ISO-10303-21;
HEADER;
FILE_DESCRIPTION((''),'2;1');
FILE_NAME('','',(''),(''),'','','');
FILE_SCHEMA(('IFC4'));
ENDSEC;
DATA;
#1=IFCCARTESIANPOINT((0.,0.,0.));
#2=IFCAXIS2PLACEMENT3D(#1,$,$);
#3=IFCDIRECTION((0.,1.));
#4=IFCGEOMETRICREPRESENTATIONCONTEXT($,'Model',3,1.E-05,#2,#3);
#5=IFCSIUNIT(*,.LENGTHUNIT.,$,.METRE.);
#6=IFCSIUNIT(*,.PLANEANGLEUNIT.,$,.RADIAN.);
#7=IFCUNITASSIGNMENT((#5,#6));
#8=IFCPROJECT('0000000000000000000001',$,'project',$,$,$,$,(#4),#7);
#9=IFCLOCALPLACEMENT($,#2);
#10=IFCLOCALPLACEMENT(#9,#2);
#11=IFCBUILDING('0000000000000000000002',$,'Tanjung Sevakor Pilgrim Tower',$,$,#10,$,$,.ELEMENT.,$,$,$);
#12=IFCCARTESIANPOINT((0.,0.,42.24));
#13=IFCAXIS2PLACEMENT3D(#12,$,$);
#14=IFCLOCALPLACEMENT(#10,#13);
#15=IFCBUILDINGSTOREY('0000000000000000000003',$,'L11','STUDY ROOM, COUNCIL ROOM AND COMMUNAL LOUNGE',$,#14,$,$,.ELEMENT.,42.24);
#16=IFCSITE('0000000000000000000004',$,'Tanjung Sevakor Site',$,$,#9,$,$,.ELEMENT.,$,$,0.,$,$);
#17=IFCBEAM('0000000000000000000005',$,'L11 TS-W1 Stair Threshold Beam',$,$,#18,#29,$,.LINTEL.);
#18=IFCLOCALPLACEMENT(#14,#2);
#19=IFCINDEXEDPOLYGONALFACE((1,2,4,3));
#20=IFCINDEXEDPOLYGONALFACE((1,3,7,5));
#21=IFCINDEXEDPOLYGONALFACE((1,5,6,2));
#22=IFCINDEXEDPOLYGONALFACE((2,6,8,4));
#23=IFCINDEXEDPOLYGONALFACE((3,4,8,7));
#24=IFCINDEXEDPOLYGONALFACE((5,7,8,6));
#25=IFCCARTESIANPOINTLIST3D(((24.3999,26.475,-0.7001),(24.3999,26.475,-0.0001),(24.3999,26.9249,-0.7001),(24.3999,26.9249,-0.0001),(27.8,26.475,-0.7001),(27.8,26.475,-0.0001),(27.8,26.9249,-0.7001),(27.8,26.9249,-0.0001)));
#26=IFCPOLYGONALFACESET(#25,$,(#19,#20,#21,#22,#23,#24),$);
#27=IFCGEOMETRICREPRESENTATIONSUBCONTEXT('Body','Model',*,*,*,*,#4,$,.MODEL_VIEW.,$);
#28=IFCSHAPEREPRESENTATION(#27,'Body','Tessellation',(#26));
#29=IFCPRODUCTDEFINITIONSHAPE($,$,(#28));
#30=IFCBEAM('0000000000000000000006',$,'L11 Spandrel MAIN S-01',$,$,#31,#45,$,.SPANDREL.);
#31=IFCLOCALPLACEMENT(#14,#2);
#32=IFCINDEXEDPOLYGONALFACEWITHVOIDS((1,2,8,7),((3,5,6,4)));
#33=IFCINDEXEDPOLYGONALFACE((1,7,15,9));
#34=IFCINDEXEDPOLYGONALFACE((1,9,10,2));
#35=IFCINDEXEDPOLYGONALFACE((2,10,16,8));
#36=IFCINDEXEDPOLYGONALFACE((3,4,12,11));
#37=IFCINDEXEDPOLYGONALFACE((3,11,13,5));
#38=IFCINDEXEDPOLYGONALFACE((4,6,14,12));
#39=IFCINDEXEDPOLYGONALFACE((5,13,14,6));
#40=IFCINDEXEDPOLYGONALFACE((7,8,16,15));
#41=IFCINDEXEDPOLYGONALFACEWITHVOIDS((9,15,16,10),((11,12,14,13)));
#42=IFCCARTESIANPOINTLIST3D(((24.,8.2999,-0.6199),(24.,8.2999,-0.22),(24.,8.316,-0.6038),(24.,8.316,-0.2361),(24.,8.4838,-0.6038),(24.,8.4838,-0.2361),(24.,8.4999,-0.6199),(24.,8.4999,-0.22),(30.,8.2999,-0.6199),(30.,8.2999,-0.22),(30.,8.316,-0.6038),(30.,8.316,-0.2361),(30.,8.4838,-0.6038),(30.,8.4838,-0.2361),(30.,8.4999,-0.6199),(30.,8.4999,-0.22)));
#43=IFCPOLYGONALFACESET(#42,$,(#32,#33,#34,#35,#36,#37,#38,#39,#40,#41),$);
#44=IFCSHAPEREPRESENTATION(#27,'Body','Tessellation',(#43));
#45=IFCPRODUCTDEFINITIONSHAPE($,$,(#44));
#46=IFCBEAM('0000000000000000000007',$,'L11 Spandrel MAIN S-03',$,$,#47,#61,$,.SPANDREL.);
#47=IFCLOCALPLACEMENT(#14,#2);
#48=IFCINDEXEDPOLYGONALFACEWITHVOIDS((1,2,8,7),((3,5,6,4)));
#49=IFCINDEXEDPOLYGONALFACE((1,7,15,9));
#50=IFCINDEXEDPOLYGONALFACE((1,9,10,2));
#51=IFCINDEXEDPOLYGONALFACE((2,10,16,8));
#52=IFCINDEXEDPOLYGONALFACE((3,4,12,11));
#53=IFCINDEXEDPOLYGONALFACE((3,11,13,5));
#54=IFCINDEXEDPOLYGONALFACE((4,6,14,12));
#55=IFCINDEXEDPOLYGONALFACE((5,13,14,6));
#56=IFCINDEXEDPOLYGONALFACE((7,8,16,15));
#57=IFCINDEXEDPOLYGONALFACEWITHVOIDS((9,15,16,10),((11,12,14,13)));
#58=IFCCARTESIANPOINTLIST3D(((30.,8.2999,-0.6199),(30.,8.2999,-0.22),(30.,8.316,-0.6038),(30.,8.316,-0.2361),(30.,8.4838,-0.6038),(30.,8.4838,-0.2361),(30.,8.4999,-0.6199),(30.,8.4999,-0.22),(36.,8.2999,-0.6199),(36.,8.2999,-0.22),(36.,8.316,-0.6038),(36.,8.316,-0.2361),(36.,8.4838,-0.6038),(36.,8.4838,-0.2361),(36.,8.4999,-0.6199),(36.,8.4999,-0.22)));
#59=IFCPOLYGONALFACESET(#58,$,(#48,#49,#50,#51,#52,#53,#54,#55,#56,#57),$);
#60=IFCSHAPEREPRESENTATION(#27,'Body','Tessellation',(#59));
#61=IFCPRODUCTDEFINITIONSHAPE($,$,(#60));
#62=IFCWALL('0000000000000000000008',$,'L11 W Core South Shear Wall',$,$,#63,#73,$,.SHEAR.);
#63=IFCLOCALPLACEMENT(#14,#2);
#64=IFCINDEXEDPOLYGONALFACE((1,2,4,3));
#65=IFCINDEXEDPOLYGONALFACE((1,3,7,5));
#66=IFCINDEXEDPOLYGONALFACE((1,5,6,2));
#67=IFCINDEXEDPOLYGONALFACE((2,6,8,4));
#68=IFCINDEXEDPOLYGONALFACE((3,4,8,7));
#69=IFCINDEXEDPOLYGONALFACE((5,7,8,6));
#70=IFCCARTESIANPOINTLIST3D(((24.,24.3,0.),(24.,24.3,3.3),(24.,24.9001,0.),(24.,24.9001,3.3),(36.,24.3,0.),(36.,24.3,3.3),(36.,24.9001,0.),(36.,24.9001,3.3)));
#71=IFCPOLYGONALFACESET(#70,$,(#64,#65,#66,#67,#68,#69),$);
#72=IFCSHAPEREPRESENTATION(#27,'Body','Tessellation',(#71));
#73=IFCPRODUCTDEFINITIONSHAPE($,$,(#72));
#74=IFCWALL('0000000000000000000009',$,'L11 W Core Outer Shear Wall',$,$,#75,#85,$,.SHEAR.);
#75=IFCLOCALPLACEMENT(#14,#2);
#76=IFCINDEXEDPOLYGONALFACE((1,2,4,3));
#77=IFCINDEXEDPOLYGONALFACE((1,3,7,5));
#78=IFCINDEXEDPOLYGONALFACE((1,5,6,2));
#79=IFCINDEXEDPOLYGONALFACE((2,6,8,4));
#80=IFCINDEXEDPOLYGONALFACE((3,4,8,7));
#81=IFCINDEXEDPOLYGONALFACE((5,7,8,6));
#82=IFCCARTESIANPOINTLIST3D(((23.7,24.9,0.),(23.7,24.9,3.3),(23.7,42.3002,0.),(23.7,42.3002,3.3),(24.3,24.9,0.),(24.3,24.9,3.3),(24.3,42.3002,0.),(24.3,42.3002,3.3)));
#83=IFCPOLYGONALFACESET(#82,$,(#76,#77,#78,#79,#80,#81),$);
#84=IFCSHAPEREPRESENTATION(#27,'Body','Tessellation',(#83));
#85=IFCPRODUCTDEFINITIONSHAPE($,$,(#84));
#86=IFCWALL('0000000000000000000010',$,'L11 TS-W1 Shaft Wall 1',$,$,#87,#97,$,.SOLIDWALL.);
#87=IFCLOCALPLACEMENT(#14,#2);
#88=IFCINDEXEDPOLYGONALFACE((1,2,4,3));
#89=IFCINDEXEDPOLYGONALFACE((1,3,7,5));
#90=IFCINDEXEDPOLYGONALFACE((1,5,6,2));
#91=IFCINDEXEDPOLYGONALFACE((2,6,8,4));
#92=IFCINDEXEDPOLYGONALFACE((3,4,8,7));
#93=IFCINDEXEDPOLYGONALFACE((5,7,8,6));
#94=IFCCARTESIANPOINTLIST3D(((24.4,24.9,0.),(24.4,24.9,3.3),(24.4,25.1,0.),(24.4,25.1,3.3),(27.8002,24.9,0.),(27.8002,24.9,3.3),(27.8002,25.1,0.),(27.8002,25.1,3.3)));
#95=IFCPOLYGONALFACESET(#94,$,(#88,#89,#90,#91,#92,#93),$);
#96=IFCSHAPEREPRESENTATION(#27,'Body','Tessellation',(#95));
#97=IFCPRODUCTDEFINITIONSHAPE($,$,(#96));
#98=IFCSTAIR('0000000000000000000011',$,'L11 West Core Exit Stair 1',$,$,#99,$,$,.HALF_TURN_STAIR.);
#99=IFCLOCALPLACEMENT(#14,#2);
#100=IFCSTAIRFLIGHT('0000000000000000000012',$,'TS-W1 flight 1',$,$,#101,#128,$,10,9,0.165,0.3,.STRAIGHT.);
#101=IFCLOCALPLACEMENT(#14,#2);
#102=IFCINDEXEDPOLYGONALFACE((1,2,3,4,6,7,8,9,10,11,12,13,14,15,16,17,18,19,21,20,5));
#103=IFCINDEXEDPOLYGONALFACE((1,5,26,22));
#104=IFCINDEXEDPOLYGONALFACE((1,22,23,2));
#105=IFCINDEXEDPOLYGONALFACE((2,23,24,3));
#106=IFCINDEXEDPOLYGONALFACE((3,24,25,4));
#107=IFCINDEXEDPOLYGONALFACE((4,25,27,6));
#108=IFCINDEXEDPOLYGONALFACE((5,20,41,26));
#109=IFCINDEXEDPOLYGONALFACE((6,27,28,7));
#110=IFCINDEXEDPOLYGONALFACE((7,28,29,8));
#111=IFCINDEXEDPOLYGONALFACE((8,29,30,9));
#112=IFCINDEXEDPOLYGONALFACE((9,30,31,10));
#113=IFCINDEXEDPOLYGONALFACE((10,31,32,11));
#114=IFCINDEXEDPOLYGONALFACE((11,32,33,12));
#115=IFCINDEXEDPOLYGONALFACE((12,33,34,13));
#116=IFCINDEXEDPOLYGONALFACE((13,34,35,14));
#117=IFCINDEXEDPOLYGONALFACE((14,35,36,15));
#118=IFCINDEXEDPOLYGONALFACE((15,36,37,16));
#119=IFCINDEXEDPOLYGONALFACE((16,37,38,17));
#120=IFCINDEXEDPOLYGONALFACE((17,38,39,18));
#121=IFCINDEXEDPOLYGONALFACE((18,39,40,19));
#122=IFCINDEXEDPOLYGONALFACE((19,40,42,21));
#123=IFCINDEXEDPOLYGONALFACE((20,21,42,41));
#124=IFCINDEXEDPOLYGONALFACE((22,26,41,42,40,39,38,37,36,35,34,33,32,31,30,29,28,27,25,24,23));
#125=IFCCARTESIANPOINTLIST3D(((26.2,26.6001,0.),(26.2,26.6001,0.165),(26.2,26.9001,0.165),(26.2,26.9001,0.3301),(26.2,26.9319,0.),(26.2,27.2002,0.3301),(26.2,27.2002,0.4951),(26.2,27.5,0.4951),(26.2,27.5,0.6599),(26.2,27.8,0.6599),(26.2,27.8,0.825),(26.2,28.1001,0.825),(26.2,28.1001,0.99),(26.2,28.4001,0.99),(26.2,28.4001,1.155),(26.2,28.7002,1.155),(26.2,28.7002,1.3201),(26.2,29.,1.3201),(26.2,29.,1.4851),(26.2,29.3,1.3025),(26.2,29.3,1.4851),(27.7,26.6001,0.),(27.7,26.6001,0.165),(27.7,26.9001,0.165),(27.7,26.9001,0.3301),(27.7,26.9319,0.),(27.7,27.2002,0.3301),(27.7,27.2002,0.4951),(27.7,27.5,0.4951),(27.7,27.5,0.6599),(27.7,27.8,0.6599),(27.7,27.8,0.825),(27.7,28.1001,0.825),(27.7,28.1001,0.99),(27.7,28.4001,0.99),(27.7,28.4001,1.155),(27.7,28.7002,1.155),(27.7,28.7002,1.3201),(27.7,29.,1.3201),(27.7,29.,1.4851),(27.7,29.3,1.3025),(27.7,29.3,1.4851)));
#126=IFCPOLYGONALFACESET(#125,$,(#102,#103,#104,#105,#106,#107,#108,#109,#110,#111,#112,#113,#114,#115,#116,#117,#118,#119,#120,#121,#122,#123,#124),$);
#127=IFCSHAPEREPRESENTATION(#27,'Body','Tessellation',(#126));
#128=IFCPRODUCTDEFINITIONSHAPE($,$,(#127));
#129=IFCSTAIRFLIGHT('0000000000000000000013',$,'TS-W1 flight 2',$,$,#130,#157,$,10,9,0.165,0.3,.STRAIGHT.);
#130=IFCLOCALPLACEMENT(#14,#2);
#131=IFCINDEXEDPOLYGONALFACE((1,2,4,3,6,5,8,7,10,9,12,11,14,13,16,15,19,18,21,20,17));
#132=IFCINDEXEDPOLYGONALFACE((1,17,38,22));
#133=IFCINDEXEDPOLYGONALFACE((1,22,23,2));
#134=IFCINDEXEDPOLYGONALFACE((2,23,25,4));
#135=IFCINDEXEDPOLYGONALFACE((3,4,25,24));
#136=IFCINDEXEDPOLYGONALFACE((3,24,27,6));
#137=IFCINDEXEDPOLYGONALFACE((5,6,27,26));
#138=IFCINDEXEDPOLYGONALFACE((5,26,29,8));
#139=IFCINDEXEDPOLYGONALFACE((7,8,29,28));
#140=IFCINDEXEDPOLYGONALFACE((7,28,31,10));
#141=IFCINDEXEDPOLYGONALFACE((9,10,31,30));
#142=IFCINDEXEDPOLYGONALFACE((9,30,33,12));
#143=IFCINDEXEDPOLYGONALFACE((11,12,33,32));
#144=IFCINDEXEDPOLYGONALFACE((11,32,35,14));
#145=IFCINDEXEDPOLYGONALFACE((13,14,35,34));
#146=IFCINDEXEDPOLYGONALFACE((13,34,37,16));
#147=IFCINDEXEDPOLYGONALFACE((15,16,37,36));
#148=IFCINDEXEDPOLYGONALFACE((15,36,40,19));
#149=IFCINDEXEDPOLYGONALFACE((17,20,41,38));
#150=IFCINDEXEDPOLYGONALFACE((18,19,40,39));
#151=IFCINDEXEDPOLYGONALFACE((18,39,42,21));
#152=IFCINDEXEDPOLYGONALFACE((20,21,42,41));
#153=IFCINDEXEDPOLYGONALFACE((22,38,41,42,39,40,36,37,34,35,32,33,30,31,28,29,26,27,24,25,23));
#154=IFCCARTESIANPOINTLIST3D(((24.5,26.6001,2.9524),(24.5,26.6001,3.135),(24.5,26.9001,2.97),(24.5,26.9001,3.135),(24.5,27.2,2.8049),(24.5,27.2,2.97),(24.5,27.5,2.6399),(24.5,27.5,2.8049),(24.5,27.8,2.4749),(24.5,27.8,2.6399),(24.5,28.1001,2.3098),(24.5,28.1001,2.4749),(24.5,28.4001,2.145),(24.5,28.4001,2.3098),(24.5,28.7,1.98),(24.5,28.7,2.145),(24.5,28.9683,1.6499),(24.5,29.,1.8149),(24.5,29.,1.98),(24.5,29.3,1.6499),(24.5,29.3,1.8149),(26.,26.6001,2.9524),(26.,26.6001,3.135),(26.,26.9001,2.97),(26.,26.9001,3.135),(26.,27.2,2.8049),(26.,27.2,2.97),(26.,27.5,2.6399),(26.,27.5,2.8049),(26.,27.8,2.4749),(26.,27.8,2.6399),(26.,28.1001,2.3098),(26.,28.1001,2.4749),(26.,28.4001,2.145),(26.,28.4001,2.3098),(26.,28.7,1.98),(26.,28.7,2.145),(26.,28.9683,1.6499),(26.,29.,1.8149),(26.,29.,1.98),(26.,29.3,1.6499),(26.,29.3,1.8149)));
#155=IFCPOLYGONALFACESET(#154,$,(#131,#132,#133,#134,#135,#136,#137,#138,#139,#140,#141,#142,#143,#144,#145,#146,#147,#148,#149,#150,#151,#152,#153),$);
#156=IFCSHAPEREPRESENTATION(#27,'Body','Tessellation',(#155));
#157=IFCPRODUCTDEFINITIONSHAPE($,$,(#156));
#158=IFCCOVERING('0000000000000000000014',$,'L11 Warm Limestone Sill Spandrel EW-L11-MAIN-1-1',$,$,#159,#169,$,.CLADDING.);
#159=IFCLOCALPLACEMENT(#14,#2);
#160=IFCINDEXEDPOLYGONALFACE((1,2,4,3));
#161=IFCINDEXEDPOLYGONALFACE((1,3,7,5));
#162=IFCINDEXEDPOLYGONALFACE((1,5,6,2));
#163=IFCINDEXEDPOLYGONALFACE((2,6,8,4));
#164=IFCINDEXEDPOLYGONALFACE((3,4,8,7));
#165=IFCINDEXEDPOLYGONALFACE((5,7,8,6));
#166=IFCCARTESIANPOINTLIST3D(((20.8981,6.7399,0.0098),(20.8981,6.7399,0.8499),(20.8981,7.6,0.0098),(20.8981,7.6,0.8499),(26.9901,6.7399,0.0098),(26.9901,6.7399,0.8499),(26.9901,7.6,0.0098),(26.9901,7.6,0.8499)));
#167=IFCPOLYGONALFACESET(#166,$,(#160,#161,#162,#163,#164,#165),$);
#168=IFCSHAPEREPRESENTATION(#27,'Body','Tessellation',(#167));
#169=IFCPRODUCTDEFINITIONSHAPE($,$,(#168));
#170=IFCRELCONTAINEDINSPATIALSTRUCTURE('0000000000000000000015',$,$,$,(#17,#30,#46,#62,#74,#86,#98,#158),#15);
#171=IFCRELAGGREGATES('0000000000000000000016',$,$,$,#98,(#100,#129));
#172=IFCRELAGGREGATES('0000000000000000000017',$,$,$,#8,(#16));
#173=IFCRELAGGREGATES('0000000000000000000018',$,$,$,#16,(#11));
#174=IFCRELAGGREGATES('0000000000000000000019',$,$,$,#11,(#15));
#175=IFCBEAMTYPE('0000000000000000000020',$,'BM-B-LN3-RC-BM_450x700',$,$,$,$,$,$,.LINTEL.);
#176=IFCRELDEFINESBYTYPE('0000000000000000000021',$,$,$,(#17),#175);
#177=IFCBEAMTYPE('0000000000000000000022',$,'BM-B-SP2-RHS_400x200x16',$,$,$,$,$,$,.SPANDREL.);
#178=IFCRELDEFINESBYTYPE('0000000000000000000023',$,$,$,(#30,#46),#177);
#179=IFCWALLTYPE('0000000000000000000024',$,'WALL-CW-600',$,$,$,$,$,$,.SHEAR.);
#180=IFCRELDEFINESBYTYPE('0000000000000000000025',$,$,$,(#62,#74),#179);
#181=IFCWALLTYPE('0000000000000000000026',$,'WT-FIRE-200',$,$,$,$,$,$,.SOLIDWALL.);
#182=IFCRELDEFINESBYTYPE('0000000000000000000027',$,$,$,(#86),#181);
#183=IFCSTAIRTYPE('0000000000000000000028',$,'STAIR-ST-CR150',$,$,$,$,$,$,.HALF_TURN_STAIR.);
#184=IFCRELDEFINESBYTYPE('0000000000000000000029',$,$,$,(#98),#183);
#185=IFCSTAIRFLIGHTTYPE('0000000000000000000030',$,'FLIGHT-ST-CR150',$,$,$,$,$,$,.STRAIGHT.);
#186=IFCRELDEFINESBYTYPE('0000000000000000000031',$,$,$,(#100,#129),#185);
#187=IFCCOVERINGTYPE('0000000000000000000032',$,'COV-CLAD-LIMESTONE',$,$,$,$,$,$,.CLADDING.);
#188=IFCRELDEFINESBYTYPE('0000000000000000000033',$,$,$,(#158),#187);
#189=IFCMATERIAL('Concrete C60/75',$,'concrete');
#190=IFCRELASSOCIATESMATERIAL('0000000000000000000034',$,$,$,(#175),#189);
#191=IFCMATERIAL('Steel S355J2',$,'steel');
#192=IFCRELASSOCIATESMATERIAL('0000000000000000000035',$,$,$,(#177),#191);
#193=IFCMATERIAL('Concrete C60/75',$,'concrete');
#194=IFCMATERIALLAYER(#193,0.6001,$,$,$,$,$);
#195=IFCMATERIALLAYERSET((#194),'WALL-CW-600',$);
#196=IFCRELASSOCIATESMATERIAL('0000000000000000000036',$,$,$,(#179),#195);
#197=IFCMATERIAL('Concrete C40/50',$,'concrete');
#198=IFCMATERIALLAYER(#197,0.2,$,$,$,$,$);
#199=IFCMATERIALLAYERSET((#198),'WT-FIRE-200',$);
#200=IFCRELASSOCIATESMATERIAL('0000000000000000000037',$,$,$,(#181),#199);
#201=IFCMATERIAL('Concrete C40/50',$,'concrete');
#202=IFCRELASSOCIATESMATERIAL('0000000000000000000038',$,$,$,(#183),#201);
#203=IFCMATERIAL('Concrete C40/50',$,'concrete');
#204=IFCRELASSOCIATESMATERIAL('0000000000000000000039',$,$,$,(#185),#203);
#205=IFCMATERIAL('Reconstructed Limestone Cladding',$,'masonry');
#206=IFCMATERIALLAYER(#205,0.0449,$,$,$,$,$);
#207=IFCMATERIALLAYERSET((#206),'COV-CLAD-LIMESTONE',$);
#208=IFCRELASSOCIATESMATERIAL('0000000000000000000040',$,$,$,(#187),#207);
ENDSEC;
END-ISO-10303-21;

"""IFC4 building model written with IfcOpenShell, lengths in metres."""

from ifc_helpers import new_model, si_unit, direction, frame, frame_2d, origin, origin_2d, place, context, subcontext, project, spatial, polyline, rectangle, hollow_rectangle, outline, extrude, material, layer, layer_set, material_profile, profile_set, type_object, element, aggregate, save


model = new_model("IFC4")

# Units and contexts
model_context = context("Model", 3, precision=1e-05, world=origin(), true_north=direction((0.0, 1.0)))
body_context = subcontext(model_context, "Body", "Model", "MODEL_VIEW")
ifc_project = project(units=[si_unit("LENGTHUNIT", "METRE"), si_unit("PLANEANGLEUNIT", "RADIAN")], contexts=[model_context])

# Site, building, storey
site_placement = place(None, origin())
site = spatial("IfcSite", under=ifc_project, at=site_placement, Name="Tanjung Sevakor Site", CompositionType="ELEMENT", RefElevation=0.0)
building_placement = place(site_placement, origin())
building = spatial("IfcBuilding", under=site, at=building_placement, Name="Tanjung Sevakor Pilgrim Tower", CompositionType="ELEMENT")
storey_placement = place(building_placement, frame((0.0, 0.0, 42.24)))
storey = spatial("IfcBuildingStorey", under=building, at=storey_placement, Name="L11", Description="STUDY ROOM, COUNCIL ROOM AND COMMUNAL LOUNGE", CompositionType="ELEMENT", Elevation=42.24)

# Beams
ifc_material_1 = material(Name="Concrete C60/75", Category="concrete")
ifc_material_profile_1 = material_profile(ifc_material_1, rectangle(XDim=0.45, YDim=0.7, at=origin_2d()))
ifc_profile_set_1 = profile_set([ifc_material_profile_1], Name="Concrete C60/75")
beam_type_1 = type_object("IfcBeamType", Name="BM-B-LN3-RC-BM_450x700", PredefinedType="LINTEL", material=ifc_profile_set_1)
beam_1_placement = place(storey_placement, frame((24.3999, 26.7, -0.3501), z_axis=(1.0, 0.0, 0.0), x_axis=(0.0, 1.0, 0.0)))
element("IfcBeam", 1, at=beam_1_placement, inside=storey, type_object=beam_type_1, Name="L11 TS-W1 Stair Threshold Beam", PredefinedType="LINTEL", context=body_context, shape_type="SweptSolid", body=[
    extrude(rectangle(XDim=0.45, YDim=0.7, at=origin_2d()), origin(), (0.0, 0.0, 1.0), 3.4001),
])
ifc_material_2 = material(Name="Steel S355J2", Category="steel")
ifc_material_profile_2 = material_profile(ifc_material_2, hollow_rectangle(XDim=0.2, YDim=0.3999, WallThickness=0.0161, at=origin_2d()))
ifc_profile_set_2 = profile_set([ifc_material_profile_2], Name="Steel S355J2")
beam_type_2 = type_object("IfcBeamType", Name="BM-B-SP2-RHS_400x200x16", PredefinedType="SPANDREL", material=ifc_profile_set_2)
for number, where, z_axis, x_axis, name in (
    (2, (24.0, 8.3999, -0.4199), (1.0, 0.0, 0.0), (0.0, 1.0, 0.0), "L11 Spandrel MAIN S-01"),
    (3, (30.0, 8.3999, -0.4199), (1.0, 0.0, 0.0), (0.0, 1.0, 0.0), "L11 Spandrel MAIN S-03"),
):
    element("IfcBeam", number, at=place(storey_placement, frame(where, z_axis=z_axis, x_axis=x_axis)), inside=storey, type_object=beam_type_2, Name=name, PredefinedType="SPANDREL", context=body_context, shape_type="SweptSolid", body=[
        extrude(hollow_rectangle(XDim=0.2, YDim=0.3999, WallThickness=0.0161, at=origin_2d()), origin(), (0.0, 0.0, 1.0), 6.0),
    ])

# Walls
ifc_material_3 = material(Name="Concrete C60/75", Category="concrete")
ifc_layer_1 = layer(ifc_material_3, 0.6001)
ifc_layer_set_1 = layer_set([ifc_layer_1], Name="WALL-CW-600")
wall_type_1 = type_object("IfcWallType", Name="WALL-CW-600", PredefinedType="SHEAR", material=ifc_layer_set_1)
wall_1_placement = place(storey_placement, frame((24.0, 24.6001, 0.0), z_axis=(0.0, 0.0, 1.0), x_axis=(1.0, 0.0, 0.0)))
element("IfcWall", 4, at=wall_1_placement, inside=storey, type_object=wall_type_1, Name="L11 W Core South Shear Wall", PredefinedType="SHEAR", context=body_context, shape_type="SweptSolid", body=[
    extrude(rectangle(XDim=12.0, YDim=0.6001, at=frame_2d((6.0, 0.0))), origin(), (0.0, 0.0, 1.0), 3.3),
])
wall_2_placement = place(storey_placement, frame((24.0, 24.8999, 0.0), z_axis=(0.0, 0.0, 1.0), x_axis=(0.0, 1.0, 0.0)))
element("IfcWall", 5, at=wall_2_placement, inside=storey, type_object=wall_type_1, Name="L11 W Core Outer Shear Wall", PredefinedType="SHEAR", context=body_context, shape_type="SweptSolid", body=[
    extrude(rectangle(XDim=17.4001, YDim=0.6001, at=frame_2d((8.7002, 0.0))), origin(), (0.0, 0.0, 1.0), 3.3),
])

# Wall
ifc_material_4 = material(Name="Concrete C40/50", Category="concrete")
ifc_layer_2 = layer(ifc_material_4, 0.2)
ifc_layer_set_2 = layer_set([ifc_layer_2], Name="WT-FIRE-200")
wall_type_2 = type_object("IfcWallType", Name="WT-FIRE-200", PredefinedType="SOLIDWALL", material=ifc_layer_set_2)
wall_3_placement = place(storey_placement, frame((24.3999, 25.0, 0.0), z_axis=(0.0, 0.0, 1.0), x_axis=(1.0, 0.0, 0.0)))
element("IfcWall", 6, at=wall_3_placement, inside=storey, type_object=wall_type_2, Name="L11 TS-W1 Shaft Wall 1", PredefinedType="SOLIDWALL", context=body_context, shape_type="SweptSolid", body=[
    extrude(rectangle(XDim=3.4001, YDim=0.2, at=frame_2d((1.7002, 0.0))), origin(), (0.0, 0.0, 1.0), 3.3),
])

# Stair, stair flights
ifc_material_5 = material(Name="Concrete C40/50", Category="concrete")
stair_type = type_object("IfcStairType", Name="STAIR-ST-CR150", PredefinedType="HALF_TURN_STAIR", material=ifc_material_5)
stair_placement = place(storey_placement, origin())
stair = element("IfcStair", 7, at=stair_placement, inside=storey, type_object=stair_type, Name="L11 West Core Exit Stair 1", PredefinedType="HALF_TURN_STAIR")
ifc_material_6 = material(Name="Concrete C40/50", Category="concrete")
stair_flight_type = type_object("IfcStairFlightType", Name="FLIGHT-ST-CR150", PredefinedType="STRAIGHT", material=ifc_material_6)
stair_flight_1_placement = place(storey_placement, frame((26.95, 26.6001, 0.0), z_axis=(0.0, 0.0, 1.0), x_axis=(0.0, 1.0, 0.0)))
stair_flight_1 = element("IfcStairFlight", 8, at=stair_flight_1_placement, type_object=stair_flight_type, Name="TS-W1 flight 1", NumberOfRisers=10, NumberOfTreads=9, PredefinedType="STRAIGHT", RiserHeight=0.165, TreadLength=0.3, context=body_context, shape_type="SweptSolid", body=[
    extrude(outline(polyline([(0.0, 0.0), (0.0, 0.165), (0.3, 0.165), (0.3, 0.3301), (0.6001, 0.3301), (0.6001, 0.4951), (0.8999, 0.4951), (0.8999, 0.6599), (1.2, 0.6599), (1.2, 0.825), (1.5, 0.825), (1.5, 0.99), (1.8, 0.99), (1.8, 1.155), (2.1001, 1.155), (2.1001, 1.3201), (2.3999, 1.3201), (2.3999, 1.4851), (2.7, 1.4851), (2.7, 1.6499), (2.7, 1.3025), (0.3318, 0.0), (0.0, 0.0)])), frame((0.0, 0.75, 0.0), z_axis=(0.0, -1.0, 0.0), x_axis=(1.0, 0.0, 0.0)), (0.0, 0.0, 1.0), 1.5),
])
stair_flight_2_placement = place(storey_placement, frame((25.25, 29.3, 1.6499), z_axis=(0.0, 0.0, 1.0), x_axis=(0.0, -1.0, 0.0)))
stair_flight_2 = element("IfcStairFlight", 9, at=stair_flight_2_placement, type_object=stair_flight_type, Name="TS-W1 flight 2", NumberOfRisers=10, NumberOfTreads=9, PredefinedType="STRAIGHT", RiserHeight=0.165, TreadLength=0.3, context=body_context, shape_type="SweptSolid", body=[
    extrude(outline(polyline([(0.0, 0.0), (0.0, 0.165), (0.3, 0.165), (0.3, 0.3301), (0.6001, 0.3301), (0.6001, 0.4951), (0.8999, 0.4951), (0.8999, 0.6599), (1.2, 0.6599), (1.2, 0.825), (1.5, 0.825), (1.5, 0.99), (1.8, 0.99), (1.8, 1.155), (2.1001, 1.155), (2.1001, 1.3201), (2.3999, 1.3201), (2.3999, 1.4851), (2.7, 1.4851), (2.7, 1.6499), (2.7, 1.3025), (0.3318, 0.0), (0.0, 0.0)])), frame((0.0, 0.75, 0.0), z_axis=(0.0, -1.0, 0.0), x_axis=(1.0, 0.0, 0.0)), (0.0, 0.0, 1.0), 1.5),
])
aggregate(stair, [stair_flight_1, stair_flight_2])

# Covering
ifc_material_7 = material(Name="Reconstructed Limestone Cladding", Category="masonry")
ifc_layer_3 = layer(ifc_material_7, 0.0449)
ifc_layer_set_3 = layer_set([ifc_layer_3], Name="COV-CLAD-LIMESTONE")
covering_type = type_object("IfcCoveringType", Name="COV-CLAD-LIMESTONE", PredefinedType="CLADDING", material=ifc_layer_set_3)
covering_placement = place(storey_placement, frame((23.9441, 7.1699, 0.0098), z_axis=(0.0, 0.0, 1.0), x_axis=(1.0, 0.0, 0.0)))
element("IfcCovering", 10, at=covering_placement, inside=storey, type_object=covering_type, Name="L11 Warm Limestone Sill Spandrel EW-L11-MAIN-1-1", PredefinedType="CLADDING", context=body_context, shape_type="SweptSolid", body=[
    extrude(rectangle(XDim=6.092, YDim=0.8601, at=origin_2d()), origin(), (0.0, 0.0, 1.0), 0.8401),
])

save(model, "model.ifc")
